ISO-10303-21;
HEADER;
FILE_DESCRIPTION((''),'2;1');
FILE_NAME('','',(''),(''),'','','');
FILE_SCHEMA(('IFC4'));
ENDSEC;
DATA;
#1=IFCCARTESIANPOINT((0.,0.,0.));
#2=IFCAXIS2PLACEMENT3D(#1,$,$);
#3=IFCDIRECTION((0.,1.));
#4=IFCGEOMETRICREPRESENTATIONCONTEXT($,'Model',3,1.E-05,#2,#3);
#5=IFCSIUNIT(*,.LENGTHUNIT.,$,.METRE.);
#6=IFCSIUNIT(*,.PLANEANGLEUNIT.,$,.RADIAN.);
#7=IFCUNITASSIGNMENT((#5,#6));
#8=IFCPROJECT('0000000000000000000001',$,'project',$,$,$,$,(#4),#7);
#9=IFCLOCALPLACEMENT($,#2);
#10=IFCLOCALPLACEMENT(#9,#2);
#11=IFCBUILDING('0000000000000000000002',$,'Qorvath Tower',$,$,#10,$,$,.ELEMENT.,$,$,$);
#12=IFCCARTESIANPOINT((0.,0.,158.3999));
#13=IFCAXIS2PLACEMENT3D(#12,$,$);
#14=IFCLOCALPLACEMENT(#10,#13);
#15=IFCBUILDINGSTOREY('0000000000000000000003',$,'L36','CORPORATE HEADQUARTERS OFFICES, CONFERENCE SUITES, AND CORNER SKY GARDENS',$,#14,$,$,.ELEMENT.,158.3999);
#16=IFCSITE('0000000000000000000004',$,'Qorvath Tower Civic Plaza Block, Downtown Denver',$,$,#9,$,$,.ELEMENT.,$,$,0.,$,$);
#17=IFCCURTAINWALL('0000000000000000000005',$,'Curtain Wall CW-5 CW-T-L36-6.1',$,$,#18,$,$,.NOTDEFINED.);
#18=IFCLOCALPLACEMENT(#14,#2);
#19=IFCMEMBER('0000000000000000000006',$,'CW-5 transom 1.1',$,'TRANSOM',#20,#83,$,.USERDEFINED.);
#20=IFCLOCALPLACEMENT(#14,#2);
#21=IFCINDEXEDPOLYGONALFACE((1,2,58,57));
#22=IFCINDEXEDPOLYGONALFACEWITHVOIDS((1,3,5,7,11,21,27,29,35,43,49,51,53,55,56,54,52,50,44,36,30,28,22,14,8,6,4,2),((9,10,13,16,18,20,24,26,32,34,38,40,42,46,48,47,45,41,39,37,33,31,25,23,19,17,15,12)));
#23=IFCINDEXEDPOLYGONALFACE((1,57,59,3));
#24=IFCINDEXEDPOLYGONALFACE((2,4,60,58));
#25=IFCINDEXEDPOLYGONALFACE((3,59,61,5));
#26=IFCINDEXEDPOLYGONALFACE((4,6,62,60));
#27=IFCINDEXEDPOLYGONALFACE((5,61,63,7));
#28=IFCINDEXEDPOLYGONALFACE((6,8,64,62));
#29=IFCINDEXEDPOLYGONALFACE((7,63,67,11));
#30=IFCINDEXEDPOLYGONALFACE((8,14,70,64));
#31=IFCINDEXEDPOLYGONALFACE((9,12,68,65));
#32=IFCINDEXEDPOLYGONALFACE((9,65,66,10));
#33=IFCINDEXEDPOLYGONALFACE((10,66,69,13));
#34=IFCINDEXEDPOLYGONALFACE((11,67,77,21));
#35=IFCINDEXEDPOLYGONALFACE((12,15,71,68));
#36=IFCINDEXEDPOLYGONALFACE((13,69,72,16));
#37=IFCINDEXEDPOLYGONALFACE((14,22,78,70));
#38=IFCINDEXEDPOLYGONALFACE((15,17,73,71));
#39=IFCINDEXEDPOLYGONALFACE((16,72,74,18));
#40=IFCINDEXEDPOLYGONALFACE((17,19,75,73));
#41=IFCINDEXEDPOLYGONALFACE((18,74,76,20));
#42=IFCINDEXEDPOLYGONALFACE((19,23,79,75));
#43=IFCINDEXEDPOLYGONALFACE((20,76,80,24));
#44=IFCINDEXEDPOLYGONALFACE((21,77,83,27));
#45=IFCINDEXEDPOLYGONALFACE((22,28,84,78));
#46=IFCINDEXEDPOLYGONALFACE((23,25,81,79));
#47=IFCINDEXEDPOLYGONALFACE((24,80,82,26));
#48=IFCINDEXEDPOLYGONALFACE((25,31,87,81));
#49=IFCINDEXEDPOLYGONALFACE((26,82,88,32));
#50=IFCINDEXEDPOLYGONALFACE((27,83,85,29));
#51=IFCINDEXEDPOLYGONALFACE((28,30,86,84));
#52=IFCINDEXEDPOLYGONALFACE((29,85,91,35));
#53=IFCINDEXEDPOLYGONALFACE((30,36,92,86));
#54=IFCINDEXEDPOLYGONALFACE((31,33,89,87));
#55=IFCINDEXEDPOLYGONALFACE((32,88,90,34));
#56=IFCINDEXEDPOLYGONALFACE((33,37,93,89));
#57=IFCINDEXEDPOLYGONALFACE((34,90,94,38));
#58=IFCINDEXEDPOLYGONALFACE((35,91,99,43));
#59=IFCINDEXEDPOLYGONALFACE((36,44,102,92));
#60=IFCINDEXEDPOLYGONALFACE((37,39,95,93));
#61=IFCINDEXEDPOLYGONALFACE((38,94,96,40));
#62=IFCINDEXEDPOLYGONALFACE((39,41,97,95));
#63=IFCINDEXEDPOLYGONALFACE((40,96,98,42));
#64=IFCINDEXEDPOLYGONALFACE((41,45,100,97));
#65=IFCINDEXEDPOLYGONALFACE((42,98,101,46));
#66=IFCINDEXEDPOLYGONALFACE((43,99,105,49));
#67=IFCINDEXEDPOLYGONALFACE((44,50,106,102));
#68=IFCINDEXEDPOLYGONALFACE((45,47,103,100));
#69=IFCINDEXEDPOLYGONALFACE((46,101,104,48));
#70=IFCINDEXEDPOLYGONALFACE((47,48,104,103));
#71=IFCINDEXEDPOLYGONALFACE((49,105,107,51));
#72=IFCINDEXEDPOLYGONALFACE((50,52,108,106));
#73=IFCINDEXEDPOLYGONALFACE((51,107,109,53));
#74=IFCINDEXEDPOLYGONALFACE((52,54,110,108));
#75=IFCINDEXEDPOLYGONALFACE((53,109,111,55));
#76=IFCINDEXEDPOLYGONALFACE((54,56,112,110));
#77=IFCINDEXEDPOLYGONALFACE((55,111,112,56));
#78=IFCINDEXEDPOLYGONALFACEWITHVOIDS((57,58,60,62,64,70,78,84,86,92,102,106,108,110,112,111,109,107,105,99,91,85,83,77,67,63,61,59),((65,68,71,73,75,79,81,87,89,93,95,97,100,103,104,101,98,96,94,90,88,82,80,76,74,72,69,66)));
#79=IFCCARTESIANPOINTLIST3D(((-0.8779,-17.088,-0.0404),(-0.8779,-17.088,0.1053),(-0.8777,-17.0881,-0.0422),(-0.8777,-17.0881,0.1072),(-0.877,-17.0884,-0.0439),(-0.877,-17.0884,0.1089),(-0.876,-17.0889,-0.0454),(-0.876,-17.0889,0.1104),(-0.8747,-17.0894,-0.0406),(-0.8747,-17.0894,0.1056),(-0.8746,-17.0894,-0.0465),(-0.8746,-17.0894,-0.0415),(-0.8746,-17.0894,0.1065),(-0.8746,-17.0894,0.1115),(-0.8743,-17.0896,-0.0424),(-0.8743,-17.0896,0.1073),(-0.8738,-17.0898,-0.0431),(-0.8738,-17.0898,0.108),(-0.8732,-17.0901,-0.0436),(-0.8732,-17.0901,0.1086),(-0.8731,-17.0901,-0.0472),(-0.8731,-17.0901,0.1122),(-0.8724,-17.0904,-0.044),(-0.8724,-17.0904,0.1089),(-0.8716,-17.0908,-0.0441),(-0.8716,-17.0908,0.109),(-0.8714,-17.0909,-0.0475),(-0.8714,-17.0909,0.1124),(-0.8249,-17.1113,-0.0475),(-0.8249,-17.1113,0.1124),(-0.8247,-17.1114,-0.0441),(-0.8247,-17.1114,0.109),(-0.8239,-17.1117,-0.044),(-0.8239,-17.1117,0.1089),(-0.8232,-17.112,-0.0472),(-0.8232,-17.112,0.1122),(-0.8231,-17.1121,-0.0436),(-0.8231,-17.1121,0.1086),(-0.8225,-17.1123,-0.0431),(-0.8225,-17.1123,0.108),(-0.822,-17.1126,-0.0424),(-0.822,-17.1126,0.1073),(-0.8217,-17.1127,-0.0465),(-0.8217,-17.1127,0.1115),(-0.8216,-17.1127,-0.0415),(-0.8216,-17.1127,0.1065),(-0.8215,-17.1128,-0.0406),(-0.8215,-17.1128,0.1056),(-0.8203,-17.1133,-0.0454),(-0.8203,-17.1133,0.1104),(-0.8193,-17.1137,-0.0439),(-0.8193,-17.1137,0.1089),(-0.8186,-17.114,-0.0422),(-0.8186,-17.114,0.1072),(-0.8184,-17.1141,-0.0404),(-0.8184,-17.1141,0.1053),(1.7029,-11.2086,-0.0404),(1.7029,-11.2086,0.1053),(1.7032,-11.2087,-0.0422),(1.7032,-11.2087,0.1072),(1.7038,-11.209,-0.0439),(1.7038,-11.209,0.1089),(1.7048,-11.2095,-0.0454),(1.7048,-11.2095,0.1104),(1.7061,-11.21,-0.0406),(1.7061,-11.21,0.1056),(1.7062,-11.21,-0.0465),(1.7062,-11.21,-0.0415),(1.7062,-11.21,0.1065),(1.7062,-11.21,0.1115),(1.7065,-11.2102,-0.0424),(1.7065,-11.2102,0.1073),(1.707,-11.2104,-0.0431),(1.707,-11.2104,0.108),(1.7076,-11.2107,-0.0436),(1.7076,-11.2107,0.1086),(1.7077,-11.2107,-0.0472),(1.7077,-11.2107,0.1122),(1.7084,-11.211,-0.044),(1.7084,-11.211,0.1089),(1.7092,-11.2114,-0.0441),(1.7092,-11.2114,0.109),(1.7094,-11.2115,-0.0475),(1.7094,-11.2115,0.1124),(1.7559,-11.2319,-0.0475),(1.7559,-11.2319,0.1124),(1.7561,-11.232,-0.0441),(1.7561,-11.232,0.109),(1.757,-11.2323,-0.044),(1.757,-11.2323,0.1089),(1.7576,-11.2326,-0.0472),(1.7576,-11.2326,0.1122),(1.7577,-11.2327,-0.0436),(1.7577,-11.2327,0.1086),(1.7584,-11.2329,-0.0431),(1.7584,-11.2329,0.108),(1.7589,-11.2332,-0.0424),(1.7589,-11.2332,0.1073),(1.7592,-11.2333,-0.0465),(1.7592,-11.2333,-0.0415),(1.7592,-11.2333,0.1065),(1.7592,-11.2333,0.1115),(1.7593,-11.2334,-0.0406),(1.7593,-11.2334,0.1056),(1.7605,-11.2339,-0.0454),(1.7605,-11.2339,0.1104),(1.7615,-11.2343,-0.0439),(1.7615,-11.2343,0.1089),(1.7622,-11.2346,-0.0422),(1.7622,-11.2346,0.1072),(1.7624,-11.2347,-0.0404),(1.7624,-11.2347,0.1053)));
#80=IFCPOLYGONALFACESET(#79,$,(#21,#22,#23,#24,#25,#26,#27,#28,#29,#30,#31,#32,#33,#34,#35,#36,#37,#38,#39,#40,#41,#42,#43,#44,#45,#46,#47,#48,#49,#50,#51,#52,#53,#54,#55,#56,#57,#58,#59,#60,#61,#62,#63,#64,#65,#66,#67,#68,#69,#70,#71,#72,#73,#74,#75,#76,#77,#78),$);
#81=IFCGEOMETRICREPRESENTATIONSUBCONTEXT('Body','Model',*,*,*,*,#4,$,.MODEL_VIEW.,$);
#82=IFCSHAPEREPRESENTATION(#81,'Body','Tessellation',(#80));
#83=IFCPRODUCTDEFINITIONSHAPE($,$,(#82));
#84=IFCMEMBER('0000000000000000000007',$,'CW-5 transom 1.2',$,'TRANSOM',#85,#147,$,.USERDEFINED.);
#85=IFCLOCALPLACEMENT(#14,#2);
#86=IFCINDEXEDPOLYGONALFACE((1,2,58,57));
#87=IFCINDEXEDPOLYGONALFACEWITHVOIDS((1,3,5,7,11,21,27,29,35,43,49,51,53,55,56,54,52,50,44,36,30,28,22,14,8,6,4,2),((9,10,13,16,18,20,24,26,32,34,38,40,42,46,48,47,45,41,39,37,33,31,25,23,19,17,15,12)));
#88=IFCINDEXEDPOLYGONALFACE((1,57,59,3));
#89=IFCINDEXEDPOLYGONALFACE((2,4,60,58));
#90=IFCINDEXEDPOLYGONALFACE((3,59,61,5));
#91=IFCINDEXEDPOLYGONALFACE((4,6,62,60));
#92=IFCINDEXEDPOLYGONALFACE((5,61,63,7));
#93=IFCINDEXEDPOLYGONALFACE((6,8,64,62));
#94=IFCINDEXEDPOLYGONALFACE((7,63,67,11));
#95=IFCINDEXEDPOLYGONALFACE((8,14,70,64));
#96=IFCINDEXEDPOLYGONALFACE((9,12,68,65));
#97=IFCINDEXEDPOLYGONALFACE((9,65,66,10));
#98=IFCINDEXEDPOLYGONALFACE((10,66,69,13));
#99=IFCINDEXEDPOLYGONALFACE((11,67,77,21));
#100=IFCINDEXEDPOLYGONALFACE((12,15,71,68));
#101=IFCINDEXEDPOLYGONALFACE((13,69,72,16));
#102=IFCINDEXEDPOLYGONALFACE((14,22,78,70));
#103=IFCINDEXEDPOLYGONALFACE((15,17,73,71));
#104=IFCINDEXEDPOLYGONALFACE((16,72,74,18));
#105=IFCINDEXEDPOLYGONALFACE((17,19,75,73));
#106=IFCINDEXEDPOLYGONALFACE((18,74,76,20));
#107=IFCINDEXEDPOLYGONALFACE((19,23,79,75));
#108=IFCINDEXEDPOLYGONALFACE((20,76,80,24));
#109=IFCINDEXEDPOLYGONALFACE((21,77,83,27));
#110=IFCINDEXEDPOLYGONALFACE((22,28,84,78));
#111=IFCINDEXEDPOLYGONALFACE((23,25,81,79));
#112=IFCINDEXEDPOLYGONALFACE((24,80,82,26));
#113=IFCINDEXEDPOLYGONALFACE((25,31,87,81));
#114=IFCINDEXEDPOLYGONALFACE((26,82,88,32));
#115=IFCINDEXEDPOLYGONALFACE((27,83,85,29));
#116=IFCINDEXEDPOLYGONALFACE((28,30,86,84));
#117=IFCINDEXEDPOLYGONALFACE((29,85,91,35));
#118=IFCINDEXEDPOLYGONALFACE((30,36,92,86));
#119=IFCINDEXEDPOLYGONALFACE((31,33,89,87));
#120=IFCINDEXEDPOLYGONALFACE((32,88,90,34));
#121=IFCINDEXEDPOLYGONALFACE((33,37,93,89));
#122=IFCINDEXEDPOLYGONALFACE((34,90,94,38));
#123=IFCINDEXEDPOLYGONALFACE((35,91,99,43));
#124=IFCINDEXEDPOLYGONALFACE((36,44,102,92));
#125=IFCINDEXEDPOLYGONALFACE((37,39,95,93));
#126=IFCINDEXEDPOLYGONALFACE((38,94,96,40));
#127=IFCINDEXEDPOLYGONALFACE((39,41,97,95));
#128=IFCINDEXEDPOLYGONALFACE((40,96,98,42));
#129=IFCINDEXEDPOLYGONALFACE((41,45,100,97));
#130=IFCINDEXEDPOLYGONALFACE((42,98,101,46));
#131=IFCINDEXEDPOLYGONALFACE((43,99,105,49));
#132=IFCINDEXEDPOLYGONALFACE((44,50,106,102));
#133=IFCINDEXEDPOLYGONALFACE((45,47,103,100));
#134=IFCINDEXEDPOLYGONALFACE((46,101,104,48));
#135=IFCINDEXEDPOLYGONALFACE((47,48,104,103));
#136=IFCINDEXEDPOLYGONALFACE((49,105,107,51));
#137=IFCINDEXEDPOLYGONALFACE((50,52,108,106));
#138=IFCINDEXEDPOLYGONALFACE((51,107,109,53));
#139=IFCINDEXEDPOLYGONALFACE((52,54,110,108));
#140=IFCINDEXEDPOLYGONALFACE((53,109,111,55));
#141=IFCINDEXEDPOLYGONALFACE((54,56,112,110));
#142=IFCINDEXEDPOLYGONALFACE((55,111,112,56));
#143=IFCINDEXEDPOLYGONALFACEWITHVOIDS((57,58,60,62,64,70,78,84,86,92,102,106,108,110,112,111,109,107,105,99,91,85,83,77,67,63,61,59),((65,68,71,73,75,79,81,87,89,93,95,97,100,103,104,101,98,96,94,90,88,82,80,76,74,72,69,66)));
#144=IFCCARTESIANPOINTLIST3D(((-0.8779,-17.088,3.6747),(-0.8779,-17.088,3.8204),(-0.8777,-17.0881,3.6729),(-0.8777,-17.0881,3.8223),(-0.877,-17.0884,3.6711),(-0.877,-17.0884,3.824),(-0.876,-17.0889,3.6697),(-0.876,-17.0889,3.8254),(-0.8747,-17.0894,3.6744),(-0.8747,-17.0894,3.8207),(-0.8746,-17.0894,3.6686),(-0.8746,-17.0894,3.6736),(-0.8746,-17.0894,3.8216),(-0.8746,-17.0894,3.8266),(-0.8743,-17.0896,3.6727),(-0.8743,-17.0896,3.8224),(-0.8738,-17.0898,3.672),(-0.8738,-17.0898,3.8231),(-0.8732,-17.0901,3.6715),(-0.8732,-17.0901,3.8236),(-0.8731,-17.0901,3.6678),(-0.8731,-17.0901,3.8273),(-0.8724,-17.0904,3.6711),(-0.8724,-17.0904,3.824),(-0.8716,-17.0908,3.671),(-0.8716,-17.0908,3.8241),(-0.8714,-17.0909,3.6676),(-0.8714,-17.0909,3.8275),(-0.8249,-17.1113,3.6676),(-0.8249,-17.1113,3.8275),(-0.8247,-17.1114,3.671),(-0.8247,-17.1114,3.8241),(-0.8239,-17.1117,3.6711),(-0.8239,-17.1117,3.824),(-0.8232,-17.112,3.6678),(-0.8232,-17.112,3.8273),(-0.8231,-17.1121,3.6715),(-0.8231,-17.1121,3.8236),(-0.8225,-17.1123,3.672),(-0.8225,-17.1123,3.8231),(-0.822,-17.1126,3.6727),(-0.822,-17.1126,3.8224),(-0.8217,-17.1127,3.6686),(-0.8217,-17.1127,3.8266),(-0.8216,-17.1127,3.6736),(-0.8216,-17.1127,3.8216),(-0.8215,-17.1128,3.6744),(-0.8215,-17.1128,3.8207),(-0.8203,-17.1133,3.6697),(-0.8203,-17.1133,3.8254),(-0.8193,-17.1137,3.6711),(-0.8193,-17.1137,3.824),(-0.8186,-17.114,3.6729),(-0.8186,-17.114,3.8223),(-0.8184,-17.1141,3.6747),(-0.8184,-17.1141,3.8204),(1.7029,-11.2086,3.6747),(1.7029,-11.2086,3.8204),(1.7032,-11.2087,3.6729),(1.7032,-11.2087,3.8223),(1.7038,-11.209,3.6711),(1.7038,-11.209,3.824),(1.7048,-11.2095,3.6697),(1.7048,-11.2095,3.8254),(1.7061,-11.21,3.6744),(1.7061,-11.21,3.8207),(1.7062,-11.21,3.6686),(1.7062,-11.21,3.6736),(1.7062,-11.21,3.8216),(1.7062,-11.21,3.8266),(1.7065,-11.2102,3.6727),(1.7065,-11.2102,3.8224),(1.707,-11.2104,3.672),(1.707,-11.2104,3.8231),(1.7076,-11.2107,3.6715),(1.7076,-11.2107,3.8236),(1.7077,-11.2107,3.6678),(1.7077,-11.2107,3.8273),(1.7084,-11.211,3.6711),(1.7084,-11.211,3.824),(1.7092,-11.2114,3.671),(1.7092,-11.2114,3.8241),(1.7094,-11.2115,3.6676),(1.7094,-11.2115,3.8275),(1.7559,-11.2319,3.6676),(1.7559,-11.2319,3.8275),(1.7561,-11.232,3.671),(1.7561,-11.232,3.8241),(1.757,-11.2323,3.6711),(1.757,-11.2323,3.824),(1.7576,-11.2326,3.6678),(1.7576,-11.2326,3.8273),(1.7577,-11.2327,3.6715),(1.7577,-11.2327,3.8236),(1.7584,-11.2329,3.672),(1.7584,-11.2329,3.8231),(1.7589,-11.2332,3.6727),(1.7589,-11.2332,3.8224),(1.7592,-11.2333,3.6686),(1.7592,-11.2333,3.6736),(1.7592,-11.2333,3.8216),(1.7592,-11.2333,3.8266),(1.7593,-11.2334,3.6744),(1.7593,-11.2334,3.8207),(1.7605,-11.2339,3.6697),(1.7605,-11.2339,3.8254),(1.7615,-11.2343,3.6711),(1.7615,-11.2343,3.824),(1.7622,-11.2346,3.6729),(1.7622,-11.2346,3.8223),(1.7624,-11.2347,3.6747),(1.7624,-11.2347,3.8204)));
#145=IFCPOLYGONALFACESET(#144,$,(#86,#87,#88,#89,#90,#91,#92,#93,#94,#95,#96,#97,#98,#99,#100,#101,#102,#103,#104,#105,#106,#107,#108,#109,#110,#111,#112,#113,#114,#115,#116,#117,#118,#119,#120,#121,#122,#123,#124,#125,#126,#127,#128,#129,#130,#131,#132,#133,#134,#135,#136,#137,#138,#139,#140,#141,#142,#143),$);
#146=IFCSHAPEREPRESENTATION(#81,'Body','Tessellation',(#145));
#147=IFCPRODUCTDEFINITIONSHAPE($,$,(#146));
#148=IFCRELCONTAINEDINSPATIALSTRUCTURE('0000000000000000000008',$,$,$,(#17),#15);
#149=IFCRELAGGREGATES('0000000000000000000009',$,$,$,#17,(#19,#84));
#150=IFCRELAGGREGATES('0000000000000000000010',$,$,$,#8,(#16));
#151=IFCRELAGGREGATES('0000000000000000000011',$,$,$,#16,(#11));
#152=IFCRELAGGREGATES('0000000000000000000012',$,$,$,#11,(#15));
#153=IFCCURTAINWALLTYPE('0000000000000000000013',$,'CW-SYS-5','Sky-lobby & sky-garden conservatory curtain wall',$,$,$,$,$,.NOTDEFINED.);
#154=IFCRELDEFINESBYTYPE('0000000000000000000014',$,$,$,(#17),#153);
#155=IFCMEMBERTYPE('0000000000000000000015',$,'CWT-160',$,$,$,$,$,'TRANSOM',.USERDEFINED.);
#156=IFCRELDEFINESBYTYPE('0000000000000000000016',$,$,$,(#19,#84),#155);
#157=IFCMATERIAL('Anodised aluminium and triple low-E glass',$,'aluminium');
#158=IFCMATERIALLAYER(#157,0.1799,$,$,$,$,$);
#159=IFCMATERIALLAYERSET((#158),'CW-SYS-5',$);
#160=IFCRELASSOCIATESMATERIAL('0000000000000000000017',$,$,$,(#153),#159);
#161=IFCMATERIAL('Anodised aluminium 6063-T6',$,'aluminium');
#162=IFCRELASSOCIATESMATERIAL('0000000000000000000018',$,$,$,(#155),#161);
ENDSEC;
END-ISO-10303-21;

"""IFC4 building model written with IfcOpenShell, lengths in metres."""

from ifc_helpers import new_model, si_unit, direction, frame, origin, origin_2d, place, context, subcontext, project, spatial, hollow_rectangle, extrude, material, layer, layer_set, material_profile, profile_set, type_object, element, aggregate, save


model = new_model("IFC4")

# Units and contexts
model_context = context("Model", 3, precision=1e-05, world=origin(), true_north=direction((0.0, 1.0)))
body_context = subcontext(model_context, "Body", "Model", "MODEL_VIEW")
ifc_project = project(units=[si_unit("LENGTHUNIT", "METRE"), si_unit("PLANEANGLEUNIT", "RADIAN")], contexts=[model_context])

# Site, building, storey
site_placement = place(None, origin())
site = spatial("IfcSite", under=ifc_project, at=site_placement, Name="Qorvath Tower Civic Plaza Block, Downtown Denver", CompositionType="ELEMENT", RefElevation=0.0)
building_placement = place(site_placement, origin())
building = spatial("IfcBuilding", under=site, at=building_placement, Name="Qorvath Tower", CompositionType="ELEMENT")
storey_placement = place(building_placement, frame((0.0, 0.0, 158.3999)))
storey = spatial("IfcBuildingStorey", under=building, at=storey_placement, Name="L36", Description="CORPORATE HEADQUARTERS OFFICES, CONFERENCE SUITES, AND CORNER SKY GARDENS", CompositionType="ELEMENT", Elevation=158.3999)

# Shared definitions
ifc_material_1 = material(Name="Anodised aluminium and triple low-E glass", Category="aluminium")
ifc_layer_1 = layer(ifc_material_1, 0.1799)
ifc_layer_set_1 = layer_set([ifc_layer_1], Name="CW-SYS-5")
curtain_wall_type = type_object("IfcCurtainWallType", Name="CW-SYS-5", Description="Sky-lobby & sky-garden conservatory curtain wall", PredefinedType="NOTDEFINED", material=ifc_layer_set_1)

# Curtain wall
curtain_wall_1_placement = place(storey_placement, origin())
curtain_wall_1 = element("IfcCurtainWall", 1, at=curtain_wall_1_placement, inside=storey, type_object=curtain_wall_type, Name="Curtain Wall CW-5 CW-T-L36-6.1", PredefinedType="NOTDEFINED")

# Members
ifc_material_2 = material(Name="Anodised aluminium 6063-T6", Category="aluminium")
ifc_material_profile_1 = material_profile(ifc_material_2, hollow_rectangle(XDim=0.0649, YDim=0.1599, WallThickness=0.0034, InnerFilletRadius=0.0034, OuterFilletRadius=0.0071, at=origin_2d()), Name="CWT 160x65")
ifc_profile_set_1 = profile_set([ifc_material_profile_1], Name="Anodised aluminium 6063-T6")
member_type_1 = type_object("IfcMemberType", Name="CWT-160", ElementType="TRANSOM", PredefinedType="USERDEFINED", material=ifc_profile_set_1)
member_1_placement = place(storey_placement, frame((-0.8481, -17.1011, 0.0325), z_axis=(0.40194, 0.915666, 0.0), x_axis=(-0.915666, 0.40194, 0.0)))
member_1 = element("IfcMember", 2, at=member_1_placement, type_object=member_type_1, Name="CW-5 transom 1.1", ObjectType="TRANSOM", PredefinedType="USERDEFINED", context=body_context, shape_type="SweptSolid", body=[
    extrude(hollow_rectangle(XDim=0.0649, YDim=0.1599, WallThickness=0.0034, InnerFilletRadius=0.0034, OuterFilletRadius=0.0071, at=origin_2d()), origin(), (0.0, 0.0, 1.0), 6.4209),
])
member_2_placement = place(storey_placement, frame((-0.8481, -17.1011, 3.7476), z_axis=(0.40194, 0.915666, 0.0), x_axis=(-0.915666, 0.40194, 0.0)))
member_2 = element("IfcMember", 3, at=member_2_placement, type_object=member_type_1, Name="CW-5 transom 1.2", ObjectType="TRANSOM", PredefinedType="USERDEFINED", context=body_context, shape_type="SweptSolid", body=[
    extrude(hollow_rectangle(XDim=0.0649, YDim=0.1599, WallThickness=0.0034, InnerFilletRadius=0.0034, OuterFilletRadius=0.0071, at=origin_2d()), origin(), (0.0, 0.0, 1.0), 6.4209),
])

aggregate(curtain_wall_1, [member_1, member_2])

save(model, "model.ifc")
